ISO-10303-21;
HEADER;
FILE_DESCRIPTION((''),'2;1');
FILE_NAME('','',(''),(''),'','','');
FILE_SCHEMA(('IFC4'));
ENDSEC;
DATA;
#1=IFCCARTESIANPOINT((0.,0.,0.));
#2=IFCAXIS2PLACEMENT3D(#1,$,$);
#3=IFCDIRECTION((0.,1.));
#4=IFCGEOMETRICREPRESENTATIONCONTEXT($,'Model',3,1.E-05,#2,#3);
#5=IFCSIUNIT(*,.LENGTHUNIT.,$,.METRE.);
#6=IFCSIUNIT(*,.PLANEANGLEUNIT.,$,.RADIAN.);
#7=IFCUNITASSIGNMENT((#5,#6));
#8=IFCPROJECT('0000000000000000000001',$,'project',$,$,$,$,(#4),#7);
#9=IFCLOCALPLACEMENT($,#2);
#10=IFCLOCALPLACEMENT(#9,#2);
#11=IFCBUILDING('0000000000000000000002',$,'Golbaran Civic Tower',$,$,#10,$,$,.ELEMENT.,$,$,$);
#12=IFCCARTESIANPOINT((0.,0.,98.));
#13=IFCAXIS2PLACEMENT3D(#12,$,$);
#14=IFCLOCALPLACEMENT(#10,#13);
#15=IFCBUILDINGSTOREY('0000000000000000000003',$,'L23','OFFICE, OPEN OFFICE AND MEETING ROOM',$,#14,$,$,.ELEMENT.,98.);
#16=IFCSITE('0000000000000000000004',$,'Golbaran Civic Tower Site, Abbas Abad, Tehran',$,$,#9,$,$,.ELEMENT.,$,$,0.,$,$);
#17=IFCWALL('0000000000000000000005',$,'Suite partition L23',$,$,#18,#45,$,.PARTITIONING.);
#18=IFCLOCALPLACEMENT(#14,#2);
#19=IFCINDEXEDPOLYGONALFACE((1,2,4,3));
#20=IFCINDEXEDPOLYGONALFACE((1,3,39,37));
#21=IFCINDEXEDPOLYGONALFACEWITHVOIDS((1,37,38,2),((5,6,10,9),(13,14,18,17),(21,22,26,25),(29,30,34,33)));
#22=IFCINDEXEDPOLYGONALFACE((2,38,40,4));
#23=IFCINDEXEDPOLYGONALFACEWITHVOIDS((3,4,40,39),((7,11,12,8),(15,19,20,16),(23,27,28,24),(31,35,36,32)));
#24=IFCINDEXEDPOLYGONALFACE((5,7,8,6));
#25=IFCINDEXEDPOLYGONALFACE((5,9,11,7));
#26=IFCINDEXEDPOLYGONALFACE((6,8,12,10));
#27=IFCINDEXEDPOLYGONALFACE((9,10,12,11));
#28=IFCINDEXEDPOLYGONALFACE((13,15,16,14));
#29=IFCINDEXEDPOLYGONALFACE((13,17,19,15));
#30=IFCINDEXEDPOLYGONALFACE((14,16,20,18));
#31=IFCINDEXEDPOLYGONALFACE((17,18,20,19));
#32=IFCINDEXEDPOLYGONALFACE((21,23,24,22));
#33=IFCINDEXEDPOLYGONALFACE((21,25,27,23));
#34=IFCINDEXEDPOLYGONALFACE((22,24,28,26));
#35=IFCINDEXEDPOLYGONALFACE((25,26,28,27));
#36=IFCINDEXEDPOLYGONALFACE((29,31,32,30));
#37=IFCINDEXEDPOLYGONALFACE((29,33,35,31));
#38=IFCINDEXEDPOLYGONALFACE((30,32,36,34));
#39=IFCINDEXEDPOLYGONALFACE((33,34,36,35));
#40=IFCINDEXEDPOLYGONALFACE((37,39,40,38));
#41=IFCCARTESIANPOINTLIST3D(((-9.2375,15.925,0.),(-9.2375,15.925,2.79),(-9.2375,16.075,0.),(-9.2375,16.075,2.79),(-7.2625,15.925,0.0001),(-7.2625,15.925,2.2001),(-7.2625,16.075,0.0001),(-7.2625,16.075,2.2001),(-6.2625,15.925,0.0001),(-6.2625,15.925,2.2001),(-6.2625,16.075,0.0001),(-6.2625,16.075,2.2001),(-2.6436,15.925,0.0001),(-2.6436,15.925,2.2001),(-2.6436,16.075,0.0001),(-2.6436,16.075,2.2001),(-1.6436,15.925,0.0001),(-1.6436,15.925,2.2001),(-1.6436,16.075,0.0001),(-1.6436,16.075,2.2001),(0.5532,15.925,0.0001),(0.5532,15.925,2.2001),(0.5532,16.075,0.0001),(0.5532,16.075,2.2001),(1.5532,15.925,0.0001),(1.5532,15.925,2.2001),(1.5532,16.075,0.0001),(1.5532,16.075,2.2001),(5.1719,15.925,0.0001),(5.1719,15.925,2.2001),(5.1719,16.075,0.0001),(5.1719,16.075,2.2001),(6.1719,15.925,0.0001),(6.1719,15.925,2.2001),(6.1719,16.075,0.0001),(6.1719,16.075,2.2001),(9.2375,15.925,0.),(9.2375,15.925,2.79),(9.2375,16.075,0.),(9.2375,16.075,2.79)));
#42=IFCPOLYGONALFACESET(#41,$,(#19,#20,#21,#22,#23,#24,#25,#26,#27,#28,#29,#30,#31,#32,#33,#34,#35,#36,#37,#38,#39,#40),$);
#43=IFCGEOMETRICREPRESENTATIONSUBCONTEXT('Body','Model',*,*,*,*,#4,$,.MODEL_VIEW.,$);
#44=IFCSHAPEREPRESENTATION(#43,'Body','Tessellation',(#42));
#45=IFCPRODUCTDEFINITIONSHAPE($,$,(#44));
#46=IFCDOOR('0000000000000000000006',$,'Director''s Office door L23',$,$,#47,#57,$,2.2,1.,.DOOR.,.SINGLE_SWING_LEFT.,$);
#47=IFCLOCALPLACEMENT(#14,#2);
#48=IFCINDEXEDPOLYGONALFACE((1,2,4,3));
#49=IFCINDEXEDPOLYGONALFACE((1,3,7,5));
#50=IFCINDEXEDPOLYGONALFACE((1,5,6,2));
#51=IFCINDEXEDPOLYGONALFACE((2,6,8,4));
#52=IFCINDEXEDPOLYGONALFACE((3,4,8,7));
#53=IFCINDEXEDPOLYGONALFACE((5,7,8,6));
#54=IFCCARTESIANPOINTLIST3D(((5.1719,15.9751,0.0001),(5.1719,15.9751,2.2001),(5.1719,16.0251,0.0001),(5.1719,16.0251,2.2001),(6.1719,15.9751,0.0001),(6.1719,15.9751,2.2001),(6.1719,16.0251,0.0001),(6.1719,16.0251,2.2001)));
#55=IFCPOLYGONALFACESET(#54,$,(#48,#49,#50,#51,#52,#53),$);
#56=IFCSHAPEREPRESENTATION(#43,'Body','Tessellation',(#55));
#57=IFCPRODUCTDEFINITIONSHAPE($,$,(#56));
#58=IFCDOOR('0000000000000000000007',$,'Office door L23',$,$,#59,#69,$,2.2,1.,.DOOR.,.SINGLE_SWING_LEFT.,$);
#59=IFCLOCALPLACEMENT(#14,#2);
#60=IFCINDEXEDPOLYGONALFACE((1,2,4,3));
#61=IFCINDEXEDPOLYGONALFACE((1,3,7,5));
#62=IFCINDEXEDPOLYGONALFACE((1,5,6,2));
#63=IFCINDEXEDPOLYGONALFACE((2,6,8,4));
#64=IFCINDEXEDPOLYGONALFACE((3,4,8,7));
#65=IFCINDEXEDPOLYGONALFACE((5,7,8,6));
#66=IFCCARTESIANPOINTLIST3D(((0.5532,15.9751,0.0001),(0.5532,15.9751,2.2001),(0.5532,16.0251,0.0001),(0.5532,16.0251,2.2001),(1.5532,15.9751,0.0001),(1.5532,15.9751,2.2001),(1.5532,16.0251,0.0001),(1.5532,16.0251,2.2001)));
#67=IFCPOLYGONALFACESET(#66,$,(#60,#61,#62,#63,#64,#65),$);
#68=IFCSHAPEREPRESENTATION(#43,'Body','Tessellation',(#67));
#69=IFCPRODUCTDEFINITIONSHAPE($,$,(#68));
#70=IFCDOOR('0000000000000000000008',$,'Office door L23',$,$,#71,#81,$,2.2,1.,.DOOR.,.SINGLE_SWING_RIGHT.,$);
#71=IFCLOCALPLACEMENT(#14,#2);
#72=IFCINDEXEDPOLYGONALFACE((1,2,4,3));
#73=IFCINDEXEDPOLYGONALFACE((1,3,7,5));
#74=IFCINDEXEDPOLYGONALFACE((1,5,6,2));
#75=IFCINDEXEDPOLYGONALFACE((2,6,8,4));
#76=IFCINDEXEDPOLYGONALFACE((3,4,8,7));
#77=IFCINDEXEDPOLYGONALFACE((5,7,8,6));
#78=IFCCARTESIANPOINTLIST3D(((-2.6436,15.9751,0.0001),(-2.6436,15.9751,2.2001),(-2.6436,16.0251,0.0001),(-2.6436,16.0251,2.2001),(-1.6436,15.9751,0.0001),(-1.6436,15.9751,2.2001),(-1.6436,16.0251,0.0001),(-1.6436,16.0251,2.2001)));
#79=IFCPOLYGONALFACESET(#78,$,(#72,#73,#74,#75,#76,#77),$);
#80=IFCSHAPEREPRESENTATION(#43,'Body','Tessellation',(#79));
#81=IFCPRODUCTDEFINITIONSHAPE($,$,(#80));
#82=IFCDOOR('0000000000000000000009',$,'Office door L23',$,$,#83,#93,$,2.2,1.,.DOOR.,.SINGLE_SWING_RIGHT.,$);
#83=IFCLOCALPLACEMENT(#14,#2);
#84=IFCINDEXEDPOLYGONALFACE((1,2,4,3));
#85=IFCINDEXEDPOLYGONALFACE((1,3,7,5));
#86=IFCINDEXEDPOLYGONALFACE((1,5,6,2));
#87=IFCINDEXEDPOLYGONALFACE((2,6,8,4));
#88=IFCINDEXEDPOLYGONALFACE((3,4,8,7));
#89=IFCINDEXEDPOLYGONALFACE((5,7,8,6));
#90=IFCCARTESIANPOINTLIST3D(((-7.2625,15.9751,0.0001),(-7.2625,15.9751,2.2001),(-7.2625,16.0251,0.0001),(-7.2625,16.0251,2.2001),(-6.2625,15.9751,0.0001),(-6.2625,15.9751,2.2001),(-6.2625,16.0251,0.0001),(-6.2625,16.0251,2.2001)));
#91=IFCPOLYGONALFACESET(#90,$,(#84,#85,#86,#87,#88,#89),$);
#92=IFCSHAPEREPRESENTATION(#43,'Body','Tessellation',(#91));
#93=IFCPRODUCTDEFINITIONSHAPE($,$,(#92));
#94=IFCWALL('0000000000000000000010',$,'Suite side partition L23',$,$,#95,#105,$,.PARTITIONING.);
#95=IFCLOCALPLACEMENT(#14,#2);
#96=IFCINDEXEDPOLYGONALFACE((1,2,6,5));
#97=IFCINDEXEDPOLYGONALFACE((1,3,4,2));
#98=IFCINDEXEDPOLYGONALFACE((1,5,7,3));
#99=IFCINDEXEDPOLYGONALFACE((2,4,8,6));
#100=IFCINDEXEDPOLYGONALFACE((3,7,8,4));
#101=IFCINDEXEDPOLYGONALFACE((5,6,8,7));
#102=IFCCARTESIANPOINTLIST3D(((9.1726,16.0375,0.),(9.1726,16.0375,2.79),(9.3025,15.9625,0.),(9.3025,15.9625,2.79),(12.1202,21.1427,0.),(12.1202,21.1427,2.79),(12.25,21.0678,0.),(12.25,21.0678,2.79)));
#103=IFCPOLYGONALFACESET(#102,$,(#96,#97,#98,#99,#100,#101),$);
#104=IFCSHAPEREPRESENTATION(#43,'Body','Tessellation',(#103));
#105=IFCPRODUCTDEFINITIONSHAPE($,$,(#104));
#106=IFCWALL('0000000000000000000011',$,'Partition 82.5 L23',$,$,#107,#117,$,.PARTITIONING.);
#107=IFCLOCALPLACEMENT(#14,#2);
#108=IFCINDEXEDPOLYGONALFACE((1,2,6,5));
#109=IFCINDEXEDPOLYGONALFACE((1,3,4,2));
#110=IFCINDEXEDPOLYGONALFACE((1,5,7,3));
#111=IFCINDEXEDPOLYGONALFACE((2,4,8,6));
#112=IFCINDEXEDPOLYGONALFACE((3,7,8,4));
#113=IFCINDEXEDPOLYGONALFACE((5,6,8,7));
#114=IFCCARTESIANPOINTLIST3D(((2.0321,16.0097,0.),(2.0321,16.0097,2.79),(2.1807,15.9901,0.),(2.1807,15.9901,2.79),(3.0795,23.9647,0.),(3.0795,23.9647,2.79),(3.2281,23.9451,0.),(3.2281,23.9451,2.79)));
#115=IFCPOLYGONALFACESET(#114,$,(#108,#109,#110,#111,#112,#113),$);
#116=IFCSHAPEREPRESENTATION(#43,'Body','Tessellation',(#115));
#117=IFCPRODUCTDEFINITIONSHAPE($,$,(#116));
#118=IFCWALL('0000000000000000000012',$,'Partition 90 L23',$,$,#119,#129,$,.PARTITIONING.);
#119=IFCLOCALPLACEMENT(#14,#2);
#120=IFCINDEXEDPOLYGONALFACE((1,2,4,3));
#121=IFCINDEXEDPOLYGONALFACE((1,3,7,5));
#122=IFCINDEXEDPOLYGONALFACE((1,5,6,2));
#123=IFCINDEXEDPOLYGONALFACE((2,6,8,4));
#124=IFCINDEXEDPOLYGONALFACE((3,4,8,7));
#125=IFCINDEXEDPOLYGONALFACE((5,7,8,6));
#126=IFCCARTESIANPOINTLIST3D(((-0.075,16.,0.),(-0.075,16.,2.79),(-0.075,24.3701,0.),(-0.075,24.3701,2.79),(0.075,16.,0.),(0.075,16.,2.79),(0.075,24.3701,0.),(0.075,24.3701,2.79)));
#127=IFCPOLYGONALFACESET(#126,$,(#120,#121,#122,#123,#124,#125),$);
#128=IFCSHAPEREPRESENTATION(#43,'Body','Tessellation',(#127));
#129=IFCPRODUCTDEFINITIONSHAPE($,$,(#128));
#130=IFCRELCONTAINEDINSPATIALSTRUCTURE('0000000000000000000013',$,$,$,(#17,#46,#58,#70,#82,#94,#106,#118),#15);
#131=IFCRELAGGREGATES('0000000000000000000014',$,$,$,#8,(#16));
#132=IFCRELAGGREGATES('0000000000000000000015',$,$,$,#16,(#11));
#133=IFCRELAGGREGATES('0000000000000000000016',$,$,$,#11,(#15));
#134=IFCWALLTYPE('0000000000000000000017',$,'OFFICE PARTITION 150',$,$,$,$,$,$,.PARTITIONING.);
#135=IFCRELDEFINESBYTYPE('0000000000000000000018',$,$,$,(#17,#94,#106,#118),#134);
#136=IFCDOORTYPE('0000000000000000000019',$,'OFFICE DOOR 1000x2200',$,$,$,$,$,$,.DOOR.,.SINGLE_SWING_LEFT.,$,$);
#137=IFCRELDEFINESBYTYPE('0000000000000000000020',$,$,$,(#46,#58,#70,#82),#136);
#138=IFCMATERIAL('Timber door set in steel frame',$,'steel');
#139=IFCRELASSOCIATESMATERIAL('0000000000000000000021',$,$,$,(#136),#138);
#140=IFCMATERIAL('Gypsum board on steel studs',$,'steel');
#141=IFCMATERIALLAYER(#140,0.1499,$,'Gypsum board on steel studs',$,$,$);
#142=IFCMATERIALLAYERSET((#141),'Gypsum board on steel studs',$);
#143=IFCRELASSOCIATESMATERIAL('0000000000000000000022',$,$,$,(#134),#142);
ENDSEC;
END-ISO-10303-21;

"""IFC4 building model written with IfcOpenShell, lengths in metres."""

from ifc_helpers import new_model, si_unit, direction, frame, frame_2d, origin, place, context, subcontext, project, spatial, rectangle, extrude, material, layer, layer_set, type_object, element, fill, save


model = new_model("IFC4")

# Units and contexts
model_context = context("Model", 3, precision=1e-05, world=origin(), true_north=direction((0.0, 1.0)))
body_context = subcontext(model_context, "Body", "Model", "MODEL_VIEW")
ifc_project = project(units=[si_unit("LENGTHUNIT", "METRE"), si_unit("PLANEANGLEUNIT", "RADIAN")], contexts=[model_context])

# Site, building, storey
site_placement = place(None, origin())
site = spatial("IfcSite", under=ifc_project, at=site_placement, Name="Golbaran Civic Tower Site, Abbas Abad, Tehran", CompositionType="ELEMENT", RefElevation=0.0)
building_placement = place(site_placement, origin())
building = spatial("IfcBuilding", under=site, at=building_placement, Name="Golbaran Civic Tower", CompositionType="ELEMENT")
storey_placement = place(building_placement, frame((0.0, 0.0, 98.0)))
storey = spatial("IfcBuildingStorey", under=building, at=storey_placement, Name="L23", Description="OFFICE, OPEN OFFICE AND MEETING ROOM", CompositionType="ELEMENT", Elevation=98.0)

# Shared definitions
ifc_material_1 = material(Name="Timber door set in steel frame", Category="steel")
door_type_1 = type_object("IfcDoorType", Name="OFFICE DOOR 1000x2200", OperationType="SINGLE_SWING_LEFT", PredefinedType="DOOR", material=ifc_material_1)

# Wall, openings, doors
ifc_material_2 = material(Name="Gypsum board on steel studs", Category="steel")
ifc_layer_1 = layer(ifc_material_2, 0.1499, Name="Gypsum board on steel studs")
ifc_layer_set_1 = layer_set([ifc_layer_1], Name="Gypsum board on steel studs")
wall_type_1 = type_object("IfcWallType", Name="OFFICE PARTITION 150", PredefinedType="PARTITIONING", material=ifc_layer_set_1)
wall_1_placement = place(storey_placement, frame((9.2375, 16.0, 0.0), z_axis=(0.0, 0.0, 1.0), x_axis=(-1.0, 0.0, 0.0)))
wall_1 = element("IfcWall", 1, at=wall_1_placement, inside=storey, type_object=wall_type_1, Name="Suite partition L23", PredefinedType="PARTITIONING", context=body_context, shape_type="SweptSolid", body=[
    extrude(rectangle(XDim=18.4751, YDim=0.1499, at=frame_2d((9.2375, 0.0))), origin(), (0.0, 0.0, 1.0), 2.79),
])
opening_1_placement = place(wall_1_placement, frame((3.0657, 0.0, 0.0)))
opening_1 = element("IfcOpeningElement", 2, at=opening_1_placement, cuts=wall_1, PredefinedType="OPENING", context=body_context, shape_type="SweptSolid", body=[
    extrude(rectangle(XDim=1.0, YDim=2.2, at=frame_2d((0.5, 1.1001))), frame((0.0, 0.085, 0.0), z_axis=(0.0, -1.0, 0.0), x_axis=(1.0, 0.0, 0.0)), (0.0, 0.0, 1.0), 0.1699),
])
opening_2_placement = place(wall_1_placement, frame((7.6843, 0.0, 0.0)))
opening_2 = element("IfcOpeningElement", 3, at=opening_2_placement, cuts=wall_1, PredefinedType="OPENING", context=body_context, shape_type="SweptSolid", body=[
    extrude(rectangle(XDim=1.0, YDim=2.2, at=frame_2d((0.5, 1.1001))), frame((0.0, 0.085, 0.0), z_axis=(0.0, -1.0, 0.0), x_axis=(1.0, 0.0, 0.0)), (0.0, 0.0, 1.0), 0.1699),
])
opening_3_placement = place(wall_1_placement, frame((10.8811, 0.0, 0.0)))
opening_3 = element("IfcOpeningElement", 4, at=opening_3_placement, cuts=wall_1, PredefinedType="OPENING", context=body_context, shape_type="SweptSolid", body=[
    extrude(rectangle(XDim=1.0, YDim=2.2, at=frame_2d((0.5, 1.1001))), frame((0.0, 0.085, 0.0), z_axis=(0.0, -1.0, 0.0), x_axis=(1.0, 0.0, 0.0)), (0.0, 0.0, 1.0), 0.1699),
])
opening_4_placement = place(wall_1_placement, frame((15.5, 0.0, 0.0)))
opening_4 = element("IfcOpeningElement", 5, at=opening_4_placement, cuts=wall_1, PredefinedType="OPENING", context=body_context, shape_type="SweptSolid", body=[
    extrude(rectangle(XDim=1.0, YDim=2.2, at=frame_2d((0.5, 1.1001))), frame((0.0, 0.085, 0.0), z_axis=(0.0, -1.0, 0.0), x_axis=(1.0, 0.0, 0.0)), (0.0, 0.0, 1.0), 0.1699),
])
door_1_placement = place(opening_1_placement, origin())
door_1 = element("IfcDoor", 6, at=door_1_placement, inside=storey, type_object=door_type_1, Name="Director's Office door L23", OperationType="SINGLE_SWING_LEFT", OverallHeight=2.2, OverallWidth=1.0, PredefinedType="DOOR", context=body_context, shape_type="SweptSolid", body=[
    extrude(rectangle(XDim=1.0, YDim=2.2, at=frame_2d((0.5, 1.1001))), frame((0.0, 0.0249, 0.0), z_axis=(0.0, -1.0, 0.0), x_axis=(1.0, 0.0, 0.0)), (0.0, 0.0, 1.0), 0.05),
])
fill(opening_1, door_1)
door_2_placement = place(opening_2_placement, origin())
door_2 = element("IfcDoor", 7, at=door_2_placement, inside=storey, type_object=door_type_1, Name="Office door L23", OperationType="SINGLE_SWING_LEFT", OverallHeight=2.2, OverallWidth=1.0, PredefinedType="DOOR", context=body_context, shape_type="SweptSolid", body=[
    extrude(rectangle(XDim=1.0, YDim=2.2, at=frame_2d((0.5, 1.1001))), frame((0.0, 0.0249, 0.0), z_axis=(0.0, -1.0, 0.0), x_axis=(1.0, 0.0, 0.0)), (0.0, 0.0, 1.0), 0.05),
])
fill(opening_2, door_2)
door_3_placement = place(opening_3_placement, origin())
door_3 = element("IfcDoor", 8, at=door_3_placement, inside=storey, type_object=door_type_1, Name="Office door L23", OperationType="SINGLE_SWING_RIGHT", OverallHeight=2.2, OverallWidth=1.0, PredefinedType="DOOR", context=body_context, shape_type="SweptSolid", body=[
    extrude(rectangle(XDim=1.0, YDim=2.2, at=frame_2d((0.5, 1.1001))), frame((0.0, 0.0249, 0.0), z_axis=(0.0, -1.0, 0.0), x_axis=(1.0, 0.0, 0.0)), (0.0, 0.0, 1.0), 0.05),
])
fill(opening_3, door_3)
door_4_placement = place(opening_4_placement, origin())
door_4 = element("IfcDoor", 9, at=door_4_placement, inside=storey, type_object=door_type_1, Name="Office door L23", OperationType="SINGLE_SWING_RIGHT", OverallHeight=2.2, OverallWidth=1.0, PredefinedType="DOOR", context=body_context, shape_type="SweptSolid", body=[
    extrude(rectangle(XDim=1.0, YDim=2.2, at=frame_2d((0.5, 1.1001))), frame((0.0, 0.0249, 0.0), z_axis=(0.0, -1.0, 0.0), x_axis=(1.0, 0.0, 0.0)), (0.0, 0.0, 1.0), 0.05),
])
fill(opening_4, door_4)

# Walls
wall_2_placement = place(storey_placement, frame((9.2375, 16.0, 0.0), z_axis=(0.0, 0.0, 1.0), x_axis=(0.500001, 0.866025, 0.0)))
element("IfcWall", 10, at=wall_2_placement, inside=storey, type_object=wall_type_1, Name="Suite side partition L23", PredefinedType="PARTITIONING", context=body_context, shape_type="SweptSolid", body=[
    extrude(rectangle(XDim=5.895, YDim=0.1499, at=frame_2d((2.9475, 0.0))), origin(), (0.0, 0.0, 1.0), 2.79),
])
wall_3_placement = place(storey_placement, frame((2.1064, 16.0, 0.0), z_axis=(0.0, 0.0, 1.0), x_axis=(0.130533, 0.991444, 0.0)))
element("IfcWall", 11, at=wall_3_placement, inside=storey, type_object=wall_type_1, Name="Partition 82.5 L23", PredefinedType="PARTITIONING", context=body_context, shape_type="SweptSolid", body=[
    extrude(rectangle(XDim=8.0237, YDim=0.1499, at=frame_2d((4.0117, 0.0))), origin(), (0.0, 0.0, 1.0), 2.79),
])
wall_4_placement = place(storey_placement, frame((0.0, 16.0, 0.0), z_axis=(0.0, 0.0, 1.0), x_axis=(0.0, 1.0, 0.0)))
element("IfcWall", 12, at=wall_4_placement, inside=storey, type_object=wall_type_1, Name="Partition 90 L23", PredefinedType="PARTITIONING", context=body_context, shape_type="SweptSolid", body=[
    extrude(rectangle(XDim=8.3701, YDim=0.1499, at=frame_2d((4.1851, 0.0))), origin(), (0.0, 0.0, 1.0), 2.79),
])

save(model, "model.ifc")
